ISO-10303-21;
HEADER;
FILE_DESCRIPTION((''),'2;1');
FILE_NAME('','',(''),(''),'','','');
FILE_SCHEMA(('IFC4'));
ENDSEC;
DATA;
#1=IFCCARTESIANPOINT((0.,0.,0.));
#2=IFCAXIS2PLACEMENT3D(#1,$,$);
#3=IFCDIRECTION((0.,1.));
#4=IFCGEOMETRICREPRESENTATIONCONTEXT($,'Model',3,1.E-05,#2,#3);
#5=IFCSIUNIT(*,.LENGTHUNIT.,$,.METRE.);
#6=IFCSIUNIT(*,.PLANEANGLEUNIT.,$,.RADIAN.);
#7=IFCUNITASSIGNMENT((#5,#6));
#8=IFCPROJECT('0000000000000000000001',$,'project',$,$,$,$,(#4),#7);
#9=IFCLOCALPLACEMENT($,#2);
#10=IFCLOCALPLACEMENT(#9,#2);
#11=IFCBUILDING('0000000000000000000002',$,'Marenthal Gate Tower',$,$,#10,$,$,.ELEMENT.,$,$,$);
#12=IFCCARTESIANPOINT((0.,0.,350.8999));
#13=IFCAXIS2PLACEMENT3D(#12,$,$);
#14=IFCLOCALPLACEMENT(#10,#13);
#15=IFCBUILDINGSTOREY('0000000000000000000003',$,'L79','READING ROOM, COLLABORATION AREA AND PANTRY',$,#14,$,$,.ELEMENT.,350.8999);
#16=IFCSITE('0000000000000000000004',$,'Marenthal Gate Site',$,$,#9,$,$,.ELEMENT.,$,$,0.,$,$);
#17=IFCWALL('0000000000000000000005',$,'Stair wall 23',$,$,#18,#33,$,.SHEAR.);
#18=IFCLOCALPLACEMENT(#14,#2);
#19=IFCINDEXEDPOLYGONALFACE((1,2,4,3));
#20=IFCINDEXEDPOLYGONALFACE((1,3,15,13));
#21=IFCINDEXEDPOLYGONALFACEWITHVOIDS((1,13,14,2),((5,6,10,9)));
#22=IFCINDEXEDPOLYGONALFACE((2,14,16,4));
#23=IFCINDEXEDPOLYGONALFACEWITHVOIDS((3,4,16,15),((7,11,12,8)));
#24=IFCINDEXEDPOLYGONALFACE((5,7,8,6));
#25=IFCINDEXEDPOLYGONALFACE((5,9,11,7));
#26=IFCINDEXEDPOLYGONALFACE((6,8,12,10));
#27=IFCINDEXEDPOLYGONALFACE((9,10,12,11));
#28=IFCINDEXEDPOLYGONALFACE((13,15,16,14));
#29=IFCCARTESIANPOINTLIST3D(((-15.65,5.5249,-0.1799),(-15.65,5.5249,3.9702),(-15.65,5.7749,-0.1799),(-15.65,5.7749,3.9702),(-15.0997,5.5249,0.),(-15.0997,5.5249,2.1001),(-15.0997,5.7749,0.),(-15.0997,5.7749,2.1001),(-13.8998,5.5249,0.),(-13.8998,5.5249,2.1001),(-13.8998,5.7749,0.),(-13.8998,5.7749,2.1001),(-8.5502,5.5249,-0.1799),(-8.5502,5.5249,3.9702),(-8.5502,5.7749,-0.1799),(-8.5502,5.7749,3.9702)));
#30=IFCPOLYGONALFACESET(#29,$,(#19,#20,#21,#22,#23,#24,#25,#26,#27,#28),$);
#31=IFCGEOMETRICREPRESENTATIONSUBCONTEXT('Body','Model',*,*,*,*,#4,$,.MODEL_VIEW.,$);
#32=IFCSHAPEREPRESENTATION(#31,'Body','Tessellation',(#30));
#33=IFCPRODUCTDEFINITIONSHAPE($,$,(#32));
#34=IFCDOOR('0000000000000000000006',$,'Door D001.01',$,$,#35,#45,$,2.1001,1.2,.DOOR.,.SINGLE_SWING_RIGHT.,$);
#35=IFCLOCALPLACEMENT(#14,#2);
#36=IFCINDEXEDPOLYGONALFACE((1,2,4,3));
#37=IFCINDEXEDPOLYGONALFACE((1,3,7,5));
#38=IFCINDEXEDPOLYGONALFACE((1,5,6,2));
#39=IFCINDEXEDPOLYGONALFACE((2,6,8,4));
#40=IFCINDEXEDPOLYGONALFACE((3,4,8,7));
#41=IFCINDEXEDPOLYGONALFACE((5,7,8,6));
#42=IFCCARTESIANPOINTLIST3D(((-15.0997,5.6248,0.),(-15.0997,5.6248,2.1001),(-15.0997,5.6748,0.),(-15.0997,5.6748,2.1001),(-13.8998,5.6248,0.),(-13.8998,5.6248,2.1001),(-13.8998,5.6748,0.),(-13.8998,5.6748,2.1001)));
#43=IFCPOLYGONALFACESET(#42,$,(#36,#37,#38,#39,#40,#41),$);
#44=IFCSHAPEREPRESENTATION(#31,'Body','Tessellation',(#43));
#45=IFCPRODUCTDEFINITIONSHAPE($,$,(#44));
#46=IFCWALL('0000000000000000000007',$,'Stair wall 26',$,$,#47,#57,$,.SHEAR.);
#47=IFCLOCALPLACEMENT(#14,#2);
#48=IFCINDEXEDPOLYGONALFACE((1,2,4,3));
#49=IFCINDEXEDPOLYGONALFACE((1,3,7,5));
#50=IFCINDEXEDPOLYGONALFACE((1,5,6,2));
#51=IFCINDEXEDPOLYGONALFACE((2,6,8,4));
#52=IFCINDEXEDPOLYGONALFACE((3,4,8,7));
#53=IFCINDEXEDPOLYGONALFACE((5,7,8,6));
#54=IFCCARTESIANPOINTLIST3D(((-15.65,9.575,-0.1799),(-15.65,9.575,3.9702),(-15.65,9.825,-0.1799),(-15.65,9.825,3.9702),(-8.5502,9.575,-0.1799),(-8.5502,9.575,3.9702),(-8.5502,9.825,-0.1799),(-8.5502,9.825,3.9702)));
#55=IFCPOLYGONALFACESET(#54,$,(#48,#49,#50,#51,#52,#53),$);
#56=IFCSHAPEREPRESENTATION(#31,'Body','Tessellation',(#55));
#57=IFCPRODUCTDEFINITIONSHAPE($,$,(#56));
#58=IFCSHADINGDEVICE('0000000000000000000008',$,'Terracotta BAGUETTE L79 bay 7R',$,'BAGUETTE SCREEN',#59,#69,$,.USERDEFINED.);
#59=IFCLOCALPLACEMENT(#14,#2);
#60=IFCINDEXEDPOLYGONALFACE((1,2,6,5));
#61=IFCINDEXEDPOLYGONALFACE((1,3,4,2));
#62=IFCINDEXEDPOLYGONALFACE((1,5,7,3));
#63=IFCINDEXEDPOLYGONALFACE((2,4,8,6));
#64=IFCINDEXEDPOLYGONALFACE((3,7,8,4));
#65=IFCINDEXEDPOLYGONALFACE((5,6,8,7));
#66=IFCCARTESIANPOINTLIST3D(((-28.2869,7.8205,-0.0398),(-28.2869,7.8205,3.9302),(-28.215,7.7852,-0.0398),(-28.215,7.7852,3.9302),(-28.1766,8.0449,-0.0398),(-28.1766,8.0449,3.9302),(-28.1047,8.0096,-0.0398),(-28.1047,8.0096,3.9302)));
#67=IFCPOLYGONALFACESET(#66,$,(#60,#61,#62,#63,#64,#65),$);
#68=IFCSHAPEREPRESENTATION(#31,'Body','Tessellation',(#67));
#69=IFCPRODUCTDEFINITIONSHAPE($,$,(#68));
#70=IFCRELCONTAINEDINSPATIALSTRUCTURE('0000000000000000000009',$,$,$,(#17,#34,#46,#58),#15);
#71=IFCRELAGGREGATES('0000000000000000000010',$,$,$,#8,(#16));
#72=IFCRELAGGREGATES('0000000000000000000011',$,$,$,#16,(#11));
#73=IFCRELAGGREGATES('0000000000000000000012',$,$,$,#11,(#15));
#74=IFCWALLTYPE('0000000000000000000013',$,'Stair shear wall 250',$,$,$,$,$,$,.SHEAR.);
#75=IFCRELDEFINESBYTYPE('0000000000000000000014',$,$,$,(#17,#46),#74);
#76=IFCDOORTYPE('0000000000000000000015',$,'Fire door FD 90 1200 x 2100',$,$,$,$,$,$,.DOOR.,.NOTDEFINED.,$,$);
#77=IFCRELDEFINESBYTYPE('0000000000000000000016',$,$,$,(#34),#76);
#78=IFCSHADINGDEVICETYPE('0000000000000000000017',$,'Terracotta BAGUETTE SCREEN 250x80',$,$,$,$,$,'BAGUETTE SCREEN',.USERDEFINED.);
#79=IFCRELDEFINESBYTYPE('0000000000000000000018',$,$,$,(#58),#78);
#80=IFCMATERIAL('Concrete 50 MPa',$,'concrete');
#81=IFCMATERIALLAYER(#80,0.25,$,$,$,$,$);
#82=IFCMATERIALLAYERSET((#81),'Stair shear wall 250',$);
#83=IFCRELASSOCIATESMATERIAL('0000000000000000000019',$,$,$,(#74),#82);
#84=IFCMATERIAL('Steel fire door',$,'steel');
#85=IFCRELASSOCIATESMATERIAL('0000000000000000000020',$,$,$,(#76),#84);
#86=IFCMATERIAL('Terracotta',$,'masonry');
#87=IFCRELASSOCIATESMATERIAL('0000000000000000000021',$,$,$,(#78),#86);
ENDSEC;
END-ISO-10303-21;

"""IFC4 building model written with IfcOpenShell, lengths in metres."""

from ifc_helpers import new_model, si_unit, direction, frame, frame_2d, origin, origin_2d, place, context, subcontext, project, spatial, rectangle, extrude, material, layer, layer_set, material_profile, profile_set, type_object, element, fill, save


model = new_model("IFC4")

# Units and contexts
model_context = context("Model", 3, precision=1e-05, world=origin(), true_north=direction((0.0, 1.0)))
body_context = subcontext(model_context, "Body", "Model", "MODEL_VIEW")
ifc_project = project(units=[si_unit("LENGTHUNIT", "METRE"), si_unit("PLANEANGLEUNIT", "RADIAN")], contexts=[model_context])

# Site, building, storey
site_placement = place(None, origin())
site = spatial("IfcSite", under=ifc_project, at=site_placement, Name="Marenthal Gate Site", CompositionType="ELEMENT", RefElevation=0.0)
building_placement = place(site_placement, origin())
building = spatial("IfcBuilding", under=site, at=building_placement, Name="Marenthal Gate Tower", CompositionType="ELEMENT")
storey_placement = place(building_placement, frame((0.0, 0.0, 350.8999)))
storey = spatial("IfcBuildingStorey", under=building, at=storey_placement, Name="L79", Description="READING ROOM, COLLABORATION AREA AND PANTRY", CompositionType="ELEMENT", Elevation=350.8999)

# Wall, opening, door
ifc_material_1 = material(Name="Concrete 50 MPa", Category="concrete")
ifc_layer_1 = layer(ifc_material_1, 0.25)
ifc_layer_set_1 = layer_set([ifc_layer_1], Name="Stair shear wall 250")
wall_type_1 = type_object("IfcWallType", Name="Stair shear wall 250", PredefinedType="SHEAR", material=ifc_layer_set_1)
wall_1_placement = place(storey_placement, frame((-15.6499, 5.6499, -0.1799), z_axis=(0.0, 0.0, 1.0), x_axis=(1.0, 0.0, 0.0)))
wall_1 = element("IfcWall", 1, at=wall_1_placement, inside=storey, type_object=wall_type_1, Name="Stair wall 23", PredefinedType="SHEAR", context=body_context, shape_type="SweptSolid", body=[
    extrude(rectangle(XDim=7.0999, YDim=0.25, at=frame_2d((3.5498, 0.0))), origin(), (0.0, 0.0, 1.0), 4.1501),
])
opening_placement = place(wall_1_placement, frame((0.55, 0.0, 0.1799)))
opening = element("IfcOpeningElement", 2, at=opening_placement, cuts=wall_1, PredefinedType="OPENING", context=body_context, shape_type="SweptSolid", body=[
    extrude(rectangle(XDim=1.2, YDim=2.1001, at=frame_2d((0.6001, 1.05))), frame((0.0, 0.135, 0.0), z_axis=(0.0, -1.0, 0.0), x_axis=(1.0, 0.0, 0.0)), (0.0, 0.0, 1.0), 0.27),
])
ifc_material_2 = material(Name="Steel fire door", Category="steel")
door_type = type_object("IfcDoorType", Name="Fire door FD 90 1200 x 2100", OperationType="NOTDEFINED", PredefinedType="DOOR", material=ifc_material_2)
door_placement = place(opening_placement, origin())
door = element("IfcDoor", 3, at=door_placement, inside=storey, type_object=door_type, Name="Door D001.01", OperationType="SINGLE_SWING_RIGHT", OverallHeight=2.1001, OverallWidth=1.2, PredefinedType="DOOR", context=body_context, shape_type="SweptSolid", body=[
    extrude(rectangle(XDim=1.2, YDim=2.1001, at=frame_2d((0.6001, 1.05))), frame((0.0, 0.0249, 0.0), z_axis=(0.0, -1.0, 0.0), x_axis=(1.0, 0.0, 0.0)), (0.0, 0.0, 1.0), 0.05),
])
fill(opening, door)

# Wall
wall_2_placement = place(storey_placement, frame((-15.6499, 9.7, -0.1799), z_axis=(0.0, 0.0, 1.0), x_axis=(1.0, 0.0, 0.0)))
element("IfcWall", 4, at=wall_2_placement, inside=storey, type_object=wall_type_1, Name="Stair wall 26", PredefinedType="SHEAR", context=body_context, shape_type="SweptSolid", body=[
    extrude(rectangle(XDim=7.0999, YDim=0.25, at=frame_2d((3.5498, 0.0))), origin(), (0.0, 0.0, 1.0), 4.1501),
])

# Shading device
ifc_material_3 = material(Name="Terracotta", Category="masonry")
ifc_material_profile_1 = material_profile(ifc_material_3, rectangle(XDim=0.25, YDim=0.0801, at=origin_2d()), Name="Terracotta baguette 250x80")
ifc_profile_set_1 = profile_set([ifc_material_profile_1], Name="Terracotta")
shading_device_type = type_object("IfcShadingDeviceType", Name="Terracotta BAGUETTE SCREEN 250x80", ElementType="BAGUETTE SCREEN", PredefinedType="USERDEFINED", material=ifc_profile_set_1)
shading_device_placement = place(storey_placement, frame((-28.1958, 7.915, -0.0398), z_axis=(0.0, 0.0, 1.0), x_axis=(-0.441181, -0.897418, 0.0)))
element("IfcShadingDevice", 5, at=shading_device_placement, inside=storey, type_object=shading_device_type, Name="Terracotta BAGUETTE L79 bay 7R", ObjectType="BAGUETTE SCREEN", PredefinedType="USERDEFINED", context=body_context, shape_type="SweptSolid", body=[
    extrude(rectangle(XDim=0.25, YDim=0.0801, at=origin_2d()), origin(), (0.0, 0.0, 1.0), 3.97),
])

save(model, "model.ifc")
